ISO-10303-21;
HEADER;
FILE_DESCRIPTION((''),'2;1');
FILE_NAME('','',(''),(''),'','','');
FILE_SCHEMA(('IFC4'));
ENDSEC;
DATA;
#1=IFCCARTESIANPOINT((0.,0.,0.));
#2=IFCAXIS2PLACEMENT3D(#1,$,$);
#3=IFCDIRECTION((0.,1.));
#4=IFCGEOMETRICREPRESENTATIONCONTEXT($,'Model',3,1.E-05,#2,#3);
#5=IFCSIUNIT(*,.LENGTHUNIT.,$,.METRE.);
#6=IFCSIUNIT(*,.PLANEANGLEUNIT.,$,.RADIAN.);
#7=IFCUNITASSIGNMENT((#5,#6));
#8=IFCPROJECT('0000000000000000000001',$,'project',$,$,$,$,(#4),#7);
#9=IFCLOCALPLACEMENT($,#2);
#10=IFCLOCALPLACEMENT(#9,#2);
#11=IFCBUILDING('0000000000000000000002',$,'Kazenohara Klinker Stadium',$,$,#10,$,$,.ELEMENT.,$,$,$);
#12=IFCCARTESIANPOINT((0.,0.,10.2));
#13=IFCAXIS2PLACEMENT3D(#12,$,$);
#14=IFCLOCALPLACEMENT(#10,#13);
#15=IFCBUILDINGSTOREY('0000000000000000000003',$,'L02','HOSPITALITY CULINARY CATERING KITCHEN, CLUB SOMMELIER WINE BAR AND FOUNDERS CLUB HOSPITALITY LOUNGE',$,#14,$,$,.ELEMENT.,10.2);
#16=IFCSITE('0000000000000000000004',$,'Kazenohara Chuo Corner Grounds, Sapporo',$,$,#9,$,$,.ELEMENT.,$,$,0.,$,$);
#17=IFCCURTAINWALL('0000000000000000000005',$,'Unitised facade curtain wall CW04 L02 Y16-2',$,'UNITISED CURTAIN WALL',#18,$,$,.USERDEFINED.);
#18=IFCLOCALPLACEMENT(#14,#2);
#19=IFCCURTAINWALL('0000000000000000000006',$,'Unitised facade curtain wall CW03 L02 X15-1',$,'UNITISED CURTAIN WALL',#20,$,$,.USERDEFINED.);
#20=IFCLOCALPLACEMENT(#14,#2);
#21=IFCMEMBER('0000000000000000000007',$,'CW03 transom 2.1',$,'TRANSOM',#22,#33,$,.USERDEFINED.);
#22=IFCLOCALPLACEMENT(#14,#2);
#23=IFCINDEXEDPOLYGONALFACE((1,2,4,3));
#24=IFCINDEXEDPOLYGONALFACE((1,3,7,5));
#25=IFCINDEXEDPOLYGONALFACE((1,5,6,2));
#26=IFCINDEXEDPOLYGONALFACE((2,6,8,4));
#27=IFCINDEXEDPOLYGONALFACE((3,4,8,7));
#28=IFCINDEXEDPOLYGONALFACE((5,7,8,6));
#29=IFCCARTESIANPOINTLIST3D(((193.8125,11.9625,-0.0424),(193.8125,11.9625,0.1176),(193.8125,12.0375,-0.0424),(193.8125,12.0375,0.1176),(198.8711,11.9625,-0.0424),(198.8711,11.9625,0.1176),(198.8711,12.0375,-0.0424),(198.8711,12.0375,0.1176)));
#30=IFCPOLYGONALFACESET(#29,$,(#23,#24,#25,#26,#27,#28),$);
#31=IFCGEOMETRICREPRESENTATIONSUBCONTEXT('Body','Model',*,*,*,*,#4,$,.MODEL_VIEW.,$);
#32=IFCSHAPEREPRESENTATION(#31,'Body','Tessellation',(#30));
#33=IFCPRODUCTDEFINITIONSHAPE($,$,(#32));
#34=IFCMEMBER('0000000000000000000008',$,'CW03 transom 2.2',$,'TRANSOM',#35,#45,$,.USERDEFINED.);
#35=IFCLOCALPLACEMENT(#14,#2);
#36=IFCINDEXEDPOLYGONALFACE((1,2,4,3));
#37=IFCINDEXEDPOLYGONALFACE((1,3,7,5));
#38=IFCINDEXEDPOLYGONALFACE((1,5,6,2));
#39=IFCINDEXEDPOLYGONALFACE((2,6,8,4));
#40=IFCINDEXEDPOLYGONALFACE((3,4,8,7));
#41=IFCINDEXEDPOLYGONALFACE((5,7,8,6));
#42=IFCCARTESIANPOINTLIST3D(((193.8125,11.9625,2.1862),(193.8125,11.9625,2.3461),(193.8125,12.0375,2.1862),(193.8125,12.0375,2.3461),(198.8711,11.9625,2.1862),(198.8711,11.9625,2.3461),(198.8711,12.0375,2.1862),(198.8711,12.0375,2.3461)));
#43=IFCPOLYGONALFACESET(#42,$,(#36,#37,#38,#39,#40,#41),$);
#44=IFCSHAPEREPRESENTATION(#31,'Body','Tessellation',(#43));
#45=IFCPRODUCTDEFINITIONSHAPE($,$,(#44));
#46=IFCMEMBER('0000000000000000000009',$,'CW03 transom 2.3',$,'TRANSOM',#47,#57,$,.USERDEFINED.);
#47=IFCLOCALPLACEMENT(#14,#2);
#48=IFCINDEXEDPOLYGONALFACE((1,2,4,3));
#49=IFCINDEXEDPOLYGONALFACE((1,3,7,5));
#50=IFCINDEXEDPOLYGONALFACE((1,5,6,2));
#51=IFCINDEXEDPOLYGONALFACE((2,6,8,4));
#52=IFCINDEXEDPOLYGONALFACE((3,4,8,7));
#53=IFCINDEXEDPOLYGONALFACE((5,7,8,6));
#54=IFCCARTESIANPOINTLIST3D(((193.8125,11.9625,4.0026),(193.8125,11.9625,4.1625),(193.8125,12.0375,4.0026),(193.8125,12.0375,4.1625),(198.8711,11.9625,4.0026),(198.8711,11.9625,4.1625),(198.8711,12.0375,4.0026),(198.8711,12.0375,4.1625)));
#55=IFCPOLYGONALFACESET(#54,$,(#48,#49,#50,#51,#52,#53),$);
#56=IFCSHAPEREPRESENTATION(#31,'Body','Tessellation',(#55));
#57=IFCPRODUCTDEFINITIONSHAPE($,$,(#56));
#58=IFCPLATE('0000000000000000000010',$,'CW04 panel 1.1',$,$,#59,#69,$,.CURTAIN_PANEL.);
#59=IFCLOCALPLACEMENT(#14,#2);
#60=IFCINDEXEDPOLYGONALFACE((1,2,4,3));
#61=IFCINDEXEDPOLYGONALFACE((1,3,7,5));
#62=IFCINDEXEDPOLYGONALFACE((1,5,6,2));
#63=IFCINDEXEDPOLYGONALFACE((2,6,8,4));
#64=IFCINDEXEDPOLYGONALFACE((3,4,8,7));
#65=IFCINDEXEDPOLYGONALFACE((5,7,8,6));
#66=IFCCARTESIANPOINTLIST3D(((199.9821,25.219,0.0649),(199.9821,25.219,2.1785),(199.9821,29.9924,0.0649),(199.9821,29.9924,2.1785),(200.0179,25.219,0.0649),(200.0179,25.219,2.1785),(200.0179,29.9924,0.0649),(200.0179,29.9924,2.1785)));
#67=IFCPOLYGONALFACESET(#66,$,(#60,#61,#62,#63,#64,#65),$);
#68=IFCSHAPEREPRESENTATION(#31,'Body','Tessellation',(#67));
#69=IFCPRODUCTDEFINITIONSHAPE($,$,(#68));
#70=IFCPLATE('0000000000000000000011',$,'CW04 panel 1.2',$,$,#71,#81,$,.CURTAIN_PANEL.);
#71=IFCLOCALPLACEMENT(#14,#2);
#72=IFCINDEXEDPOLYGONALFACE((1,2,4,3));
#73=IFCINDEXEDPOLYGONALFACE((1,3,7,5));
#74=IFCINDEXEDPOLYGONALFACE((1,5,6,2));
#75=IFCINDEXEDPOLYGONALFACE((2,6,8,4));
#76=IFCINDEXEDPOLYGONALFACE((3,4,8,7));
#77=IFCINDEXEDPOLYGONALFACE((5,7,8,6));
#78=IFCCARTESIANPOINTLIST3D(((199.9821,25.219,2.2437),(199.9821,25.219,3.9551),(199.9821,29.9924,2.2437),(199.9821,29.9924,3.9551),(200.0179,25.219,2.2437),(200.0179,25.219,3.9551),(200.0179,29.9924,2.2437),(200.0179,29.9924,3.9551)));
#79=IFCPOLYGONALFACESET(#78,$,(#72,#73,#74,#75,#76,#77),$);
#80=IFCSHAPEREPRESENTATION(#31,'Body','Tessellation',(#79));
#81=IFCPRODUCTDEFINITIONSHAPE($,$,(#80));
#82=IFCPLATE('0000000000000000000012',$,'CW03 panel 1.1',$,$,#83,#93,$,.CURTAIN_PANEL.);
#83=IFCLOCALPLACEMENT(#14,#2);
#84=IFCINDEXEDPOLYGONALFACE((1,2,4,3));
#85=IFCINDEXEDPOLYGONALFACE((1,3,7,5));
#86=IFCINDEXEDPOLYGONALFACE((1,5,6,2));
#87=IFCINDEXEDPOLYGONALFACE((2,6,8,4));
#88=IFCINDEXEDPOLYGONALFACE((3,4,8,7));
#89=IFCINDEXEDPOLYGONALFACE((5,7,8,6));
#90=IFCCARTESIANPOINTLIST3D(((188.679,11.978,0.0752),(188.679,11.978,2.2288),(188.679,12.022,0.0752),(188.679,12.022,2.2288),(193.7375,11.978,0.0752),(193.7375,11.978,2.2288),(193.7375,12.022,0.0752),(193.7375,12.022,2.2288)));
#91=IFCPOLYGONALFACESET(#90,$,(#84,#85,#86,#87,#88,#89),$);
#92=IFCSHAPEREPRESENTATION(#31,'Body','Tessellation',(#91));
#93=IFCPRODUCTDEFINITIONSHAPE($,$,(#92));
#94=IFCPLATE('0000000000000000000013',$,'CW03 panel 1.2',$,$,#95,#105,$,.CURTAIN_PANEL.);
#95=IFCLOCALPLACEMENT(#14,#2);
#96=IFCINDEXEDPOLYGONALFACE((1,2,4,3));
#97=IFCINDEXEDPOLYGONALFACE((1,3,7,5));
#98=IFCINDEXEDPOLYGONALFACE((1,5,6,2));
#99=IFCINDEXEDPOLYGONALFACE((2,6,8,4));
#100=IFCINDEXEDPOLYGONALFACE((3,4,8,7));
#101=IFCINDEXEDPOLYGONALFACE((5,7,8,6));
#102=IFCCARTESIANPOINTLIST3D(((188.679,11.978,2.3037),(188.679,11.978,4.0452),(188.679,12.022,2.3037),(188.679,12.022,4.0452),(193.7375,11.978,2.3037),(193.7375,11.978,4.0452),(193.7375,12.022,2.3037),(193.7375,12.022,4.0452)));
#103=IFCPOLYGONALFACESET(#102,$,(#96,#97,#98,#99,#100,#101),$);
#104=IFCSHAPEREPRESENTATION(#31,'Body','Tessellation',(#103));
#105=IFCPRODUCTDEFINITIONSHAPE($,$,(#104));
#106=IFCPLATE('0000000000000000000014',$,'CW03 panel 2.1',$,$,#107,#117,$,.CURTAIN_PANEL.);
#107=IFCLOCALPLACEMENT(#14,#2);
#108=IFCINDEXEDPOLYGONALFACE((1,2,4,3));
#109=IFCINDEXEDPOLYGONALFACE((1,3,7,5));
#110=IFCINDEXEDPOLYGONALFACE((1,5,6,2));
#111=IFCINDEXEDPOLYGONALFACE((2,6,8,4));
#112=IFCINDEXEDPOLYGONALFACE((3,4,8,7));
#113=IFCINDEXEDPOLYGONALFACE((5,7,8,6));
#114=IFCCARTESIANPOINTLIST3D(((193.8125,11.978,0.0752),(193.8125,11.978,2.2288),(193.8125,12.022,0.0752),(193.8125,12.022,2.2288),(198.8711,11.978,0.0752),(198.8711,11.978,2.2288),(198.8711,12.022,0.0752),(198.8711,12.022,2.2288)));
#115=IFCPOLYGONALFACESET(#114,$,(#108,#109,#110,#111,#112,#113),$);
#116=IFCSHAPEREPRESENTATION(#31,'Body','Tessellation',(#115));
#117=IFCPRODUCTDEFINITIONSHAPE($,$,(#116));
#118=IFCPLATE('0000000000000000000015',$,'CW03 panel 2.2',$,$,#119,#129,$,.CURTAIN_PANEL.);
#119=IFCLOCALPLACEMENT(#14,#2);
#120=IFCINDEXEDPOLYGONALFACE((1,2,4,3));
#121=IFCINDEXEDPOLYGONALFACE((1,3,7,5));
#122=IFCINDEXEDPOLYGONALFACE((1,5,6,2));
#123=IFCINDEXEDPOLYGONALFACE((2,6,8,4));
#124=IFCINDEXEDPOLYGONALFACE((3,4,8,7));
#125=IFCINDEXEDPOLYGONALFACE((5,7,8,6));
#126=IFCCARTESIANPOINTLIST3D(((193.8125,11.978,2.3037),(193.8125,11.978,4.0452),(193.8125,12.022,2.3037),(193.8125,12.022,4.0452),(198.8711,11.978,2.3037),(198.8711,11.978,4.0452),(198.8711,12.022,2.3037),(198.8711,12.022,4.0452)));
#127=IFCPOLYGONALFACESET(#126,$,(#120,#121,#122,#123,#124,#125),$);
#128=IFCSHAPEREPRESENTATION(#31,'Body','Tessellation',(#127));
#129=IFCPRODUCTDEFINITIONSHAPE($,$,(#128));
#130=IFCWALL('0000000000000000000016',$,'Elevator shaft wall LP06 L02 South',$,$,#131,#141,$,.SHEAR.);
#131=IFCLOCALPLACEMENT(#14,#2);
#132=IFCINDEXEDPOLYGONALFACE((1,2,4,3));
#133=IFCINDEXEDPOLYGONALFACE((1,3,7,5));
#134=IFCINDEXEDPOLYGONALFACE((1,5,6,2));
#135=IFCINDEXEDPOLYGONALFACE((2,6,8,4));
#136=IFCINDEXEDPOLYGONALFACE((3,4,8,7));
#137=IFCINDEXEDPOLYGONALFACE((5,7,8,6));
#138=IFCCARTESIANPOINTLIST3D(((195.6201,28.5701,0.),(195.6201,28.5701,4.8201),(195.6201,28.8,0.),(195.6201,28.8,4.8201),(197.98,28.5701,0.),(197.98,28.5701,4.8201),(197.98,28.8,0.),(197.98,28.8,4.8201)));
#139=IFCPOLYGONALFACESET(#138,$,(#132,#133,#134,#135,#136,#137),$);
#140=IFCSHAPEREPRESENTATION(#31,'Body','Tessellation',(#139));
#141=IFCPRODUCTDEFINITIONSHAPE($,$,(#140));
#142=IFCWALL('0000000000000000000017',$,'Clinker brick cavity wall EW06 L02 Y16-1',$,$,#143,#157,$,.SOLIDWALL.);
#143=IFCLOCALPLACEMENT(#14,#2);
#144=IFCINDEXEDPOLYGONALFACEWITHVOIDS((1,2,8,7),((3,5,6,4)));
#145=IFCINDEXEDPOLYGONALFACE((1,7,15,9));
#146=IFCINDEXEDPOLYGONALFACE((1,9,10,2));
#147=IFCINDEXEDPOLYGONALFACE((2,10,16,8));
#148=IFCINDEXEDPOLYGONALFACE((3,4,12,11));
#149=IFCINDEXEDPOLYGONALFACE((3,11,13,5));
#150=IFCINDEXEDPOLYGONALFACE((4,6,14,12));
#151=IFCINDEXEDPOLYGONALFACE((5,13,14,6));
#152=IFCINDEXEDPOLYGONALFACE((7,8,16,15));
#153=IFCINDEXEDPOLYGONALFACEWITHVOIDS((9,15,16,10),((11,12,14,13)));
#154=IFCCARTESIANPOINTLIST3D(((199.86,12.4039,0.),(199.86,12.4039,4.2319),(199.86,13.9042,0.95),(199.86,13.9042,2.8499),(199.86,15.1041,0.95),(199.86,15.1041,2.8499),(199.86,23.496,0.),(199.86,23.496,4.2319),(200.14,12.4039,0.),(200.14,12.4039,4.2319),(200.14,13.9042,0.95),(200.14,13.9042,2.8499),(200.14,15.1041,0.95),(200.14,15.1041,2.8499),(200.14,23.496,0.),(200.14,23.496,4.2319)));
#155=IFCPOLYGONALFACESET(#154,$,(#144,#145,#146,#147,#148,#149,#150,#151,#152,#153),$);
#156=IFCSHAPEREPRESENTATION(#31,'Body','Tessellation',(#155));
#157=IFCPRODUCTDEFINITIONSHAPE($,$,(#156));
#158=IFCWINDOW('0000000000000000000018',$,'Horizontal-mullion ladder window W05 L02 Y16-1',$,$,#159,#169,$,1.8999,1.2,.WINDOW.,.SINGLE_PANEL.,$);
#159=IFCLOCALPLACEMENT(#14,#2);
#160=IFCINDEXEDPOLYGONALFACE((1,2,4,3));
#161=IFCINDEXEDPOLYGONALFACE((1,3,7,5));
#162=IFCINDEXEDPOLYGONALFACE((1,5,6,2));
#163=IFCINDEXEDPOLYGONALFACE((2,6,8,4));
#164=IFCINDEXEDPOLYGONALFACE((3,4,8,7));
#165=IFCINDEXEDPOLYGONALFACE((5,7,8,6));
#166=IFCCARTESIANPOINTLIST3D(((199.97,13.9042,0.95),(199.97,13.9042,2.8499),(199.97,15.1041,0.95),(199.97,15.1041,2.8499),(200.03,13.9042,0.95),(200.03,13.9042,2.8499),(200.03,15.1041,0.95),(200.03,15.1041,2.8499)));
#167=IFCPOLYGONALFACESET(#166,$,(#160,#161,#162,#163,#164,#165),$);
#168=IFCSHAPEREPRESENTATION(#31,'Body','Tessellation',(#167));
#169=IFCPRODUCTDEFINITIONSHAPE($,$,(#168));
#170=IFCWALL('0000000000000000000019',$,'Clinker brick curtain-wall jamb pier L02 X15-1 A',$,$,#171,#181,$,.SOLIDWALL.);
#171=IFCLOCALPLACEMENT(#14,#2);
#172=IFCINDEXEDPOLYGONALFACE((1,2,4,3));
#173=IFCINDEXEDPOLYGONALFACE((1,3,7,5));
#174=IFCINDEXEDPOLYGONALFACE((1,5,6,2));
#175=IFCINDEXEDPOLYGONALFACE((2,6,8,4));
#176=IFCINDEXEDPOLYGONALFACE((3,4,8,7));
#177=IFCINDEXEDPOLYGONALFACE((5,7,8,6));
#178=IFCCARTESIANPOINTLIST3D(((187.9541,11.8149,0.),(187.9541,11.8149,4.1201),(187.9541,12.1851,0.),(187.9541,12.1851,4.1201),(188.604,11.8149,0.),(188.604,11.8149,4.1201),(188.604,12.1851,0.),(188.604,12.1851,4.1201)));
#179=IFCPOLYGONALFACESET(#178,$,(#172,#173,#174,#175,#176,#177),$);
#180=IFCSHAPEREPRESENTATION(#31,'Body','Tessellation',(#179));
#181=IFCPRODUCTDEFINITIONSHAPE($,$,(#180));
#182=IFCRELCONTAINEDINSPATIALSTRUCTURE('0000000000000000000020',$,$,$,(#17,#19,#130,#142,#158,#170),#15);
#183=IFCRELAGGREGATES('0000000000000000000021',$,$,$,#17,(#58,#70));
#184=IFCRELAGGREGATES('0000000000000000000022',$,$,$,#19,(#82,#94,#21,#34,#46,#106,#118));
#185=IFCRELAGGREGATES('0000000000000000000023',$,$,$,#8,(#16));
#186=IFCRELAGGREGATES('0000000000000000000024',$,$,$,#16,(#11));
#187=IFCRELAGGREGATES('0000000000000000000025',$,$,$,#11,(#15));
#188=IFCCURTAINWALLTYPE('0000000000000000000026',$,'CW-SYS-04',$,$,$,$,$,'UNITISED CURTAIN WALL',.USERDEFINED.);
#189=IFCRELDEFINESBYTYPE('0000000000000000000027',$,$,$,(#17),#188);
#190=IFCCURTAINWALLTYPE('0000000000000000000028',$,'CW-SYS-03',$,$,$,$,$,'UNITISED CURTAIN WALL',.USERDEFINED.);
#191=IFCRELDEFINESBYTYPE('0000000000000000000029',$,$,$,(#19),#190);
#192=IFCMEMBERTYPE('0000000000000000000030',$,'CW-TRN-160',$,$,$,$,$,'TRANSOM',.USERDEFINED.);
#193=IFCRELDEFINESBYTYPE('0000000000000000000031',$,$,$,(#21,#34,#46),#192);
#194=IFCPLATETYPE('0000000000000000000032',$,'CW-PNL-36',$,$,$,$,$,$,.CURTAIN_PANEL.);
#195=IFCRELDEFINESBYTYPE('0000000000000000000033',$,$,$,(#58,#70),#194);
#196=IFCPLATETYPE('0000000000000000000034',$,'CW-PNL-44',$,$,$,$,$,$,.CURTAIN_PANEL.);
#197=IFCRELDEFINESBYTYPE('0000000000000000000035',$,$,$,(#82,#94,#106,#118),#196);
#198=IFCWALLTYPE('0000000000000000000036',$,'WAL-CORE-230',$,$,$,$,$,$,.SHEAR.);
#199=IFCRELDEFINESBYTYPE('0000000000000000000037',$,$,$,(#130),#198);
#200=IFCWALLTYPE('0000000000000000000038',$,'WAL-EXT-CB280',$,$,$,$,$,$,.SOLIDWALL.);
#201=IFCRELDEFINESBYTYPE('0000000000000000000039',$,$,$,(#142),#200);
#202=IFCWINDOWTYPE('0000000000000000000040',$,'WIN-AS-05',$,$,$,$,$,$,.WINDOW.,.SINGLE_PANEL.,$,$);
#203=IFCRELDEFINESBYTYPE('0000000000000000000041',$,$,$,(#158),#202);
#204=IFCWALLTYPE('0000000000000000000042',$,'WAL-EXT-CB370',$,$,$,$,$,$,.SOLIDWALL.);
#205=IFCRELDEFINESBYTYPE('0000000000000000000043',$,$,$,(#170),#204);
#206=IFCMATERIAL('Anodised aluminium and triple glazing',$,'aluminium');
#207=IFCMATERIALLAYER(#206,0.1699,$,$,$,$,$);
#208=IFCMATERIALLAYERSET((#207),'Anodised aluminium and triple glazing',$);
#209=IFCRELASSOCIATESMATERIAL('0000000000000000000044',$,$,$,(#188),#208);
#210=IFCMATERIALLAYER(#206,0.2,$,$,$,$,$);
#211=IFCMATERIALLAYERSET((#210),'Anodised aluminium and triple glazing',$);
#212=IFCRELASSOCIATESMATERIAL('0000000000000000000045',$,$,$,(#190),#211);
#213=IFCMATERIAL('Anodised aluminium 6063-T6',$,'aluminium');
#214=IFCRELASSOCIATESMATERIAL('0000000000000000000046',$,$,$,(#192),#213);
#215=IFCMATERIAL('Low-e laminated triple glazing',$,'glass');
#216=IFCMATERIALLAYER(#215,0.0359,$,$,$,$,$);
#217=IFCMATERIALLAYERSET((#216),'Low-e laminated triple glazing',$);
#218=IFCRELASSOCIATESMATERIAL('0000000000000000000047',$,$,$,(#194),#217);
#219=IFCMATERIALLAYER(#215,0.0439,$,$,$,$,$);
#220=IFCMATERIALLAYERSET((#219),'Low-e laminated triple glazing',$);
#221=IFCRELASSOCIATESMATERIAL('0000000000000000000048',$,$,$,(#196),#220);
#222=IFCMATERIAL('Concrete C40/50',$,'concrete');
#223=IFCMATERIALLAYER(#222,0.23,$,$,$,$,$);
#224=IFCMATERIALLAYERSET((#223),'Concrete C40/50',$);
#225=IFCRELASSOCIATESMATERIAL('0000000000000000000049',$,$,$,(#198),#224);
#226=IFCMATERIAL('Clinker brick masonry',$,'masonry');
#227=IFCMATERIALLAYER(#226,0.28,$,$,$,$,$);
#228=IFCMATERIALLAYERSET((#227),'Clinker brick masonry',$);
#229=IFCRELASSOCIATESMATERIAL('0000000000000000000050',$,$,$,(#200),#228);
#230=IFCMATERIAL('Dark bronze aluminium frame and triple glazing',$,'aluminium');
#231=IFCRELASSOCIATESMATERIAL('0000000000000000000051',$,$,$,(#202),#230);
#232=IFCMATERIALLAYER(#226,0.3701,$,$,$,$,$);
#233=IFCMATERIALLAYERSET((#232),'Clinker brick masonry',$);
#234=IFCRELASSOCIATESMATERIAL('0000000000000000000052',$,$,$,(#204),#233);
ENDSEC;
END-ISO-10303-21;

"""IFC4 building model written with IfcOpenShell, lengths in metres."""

from ifc_helpers import new_model, si_unit, direction, frame, frame_2d, origin, origin_2d, place, context, subcontext, project, spatial, rectangle, extrude, material, layer, layer_set, material_profile, profile_set, type_object, element, fill, aggregate, save


model = new_model("IFC4")

# Units and contexts
model_context = context("Model", 3, precision=1e-05, world=origin(), true_north=direction((0.0, 1.0)))
body_context = subcontext(model_context, "Body", "Model", "MODEL_VIEW")
ifc_project = project(units=[si_unit("LENGTHUNIT", "METRE"), si_unit("PLANEANGLEUNIT", "RADIAN")], contexts=[model_context])

# Site, building, storey
site_placement = place(None, origin())
site = spatial("IfcSite", under=ifc_project, at=site_placement, Name="Kazenohara Chuo Corner Grounds, Sapporo", CompositionType="ELEMENT", RefElevation=0.0)
building_placement = place(site_placement, origin())
building = spatial("IfcBuilding", under=site, at=building_placement, Name="Kazenohara Klinker Stadium", CompositionType="ELEMENT")
storey_placement = place(building_placement, frame((0.0, 0.0, 10.2)))
storey = spatial("IfcBuildingStorey", under=building, at=storey_placement, Name="L02", Description="HOSPITALITY CULINARY CATERING KITCHEN, CLUB SOMMELIER WINE BAR AND FOUNDERS CLUB HOSPITALITY LOUNGE", CompositionType="ELEMENT", Elevation=10.2)

# Shared definitions
ifc_material_1 = material(Name="Concrete C40/50", Category="concrete")

# Curtain wall
ifc_material_2 = material(Name="Anodised aluminium and triple glazing", Category="aluminium")
ifc_layer_1 = layer(ifc_material_2, 0.1699)
ifc_layer_set_1 = layer_set([ifc_layer_1], Name="Anodised aluminium and triple glazing")
curtain_wall_type_1 = type_object("IfcCurtainWallType", Name="CW-SYS-04", ElementType="UNITISED CURTAIN WALL", PredefinedType="USERDEFINED", material=ifc_layer_set_1)
curtain_wall_1_placement = place(storey_placement, origin())
curtain_wall_1 = element("IfcCurtainWall", 1, at=curtain_wall_1_placement, inside=storey, type_object=curtain_wall_type_1, Name="Unitised facade curtain wall CW04 L02 Y16-2", ObjectType="UNITISED CURTAIN WALL", PredefinedType="USERDEFINED")
ifc_material_3 = material(Name="Anodised aluminium 6063-T6", Category="aluminium")

# Curtain wall
ifc_layer_2 = layer(ifc_material_2, 0.2)
ifc_layer_set_2 = layer_set([ifc_layer_2], Name="Anodised aluminium and triple glazing")
curtain_wall_type_2 = type_object("IfcCurtainWallType", Name="CW-SYS-03", ElementType="UNITISED CURTAIN WALL", PredefinedType="USERDEFINED", material=ifc_layer_set_2)
curtain_wall_2_placement = place(storey_placement, origin())
curtain_wall_2 = element("IfcCurtainWall", 2, at=curtain_wall_2_placement, inside=storey, type_object=curtain_wall_type_2, Name="Unitised facade curtain wall CW03 L02 X15-1", ObjectType="UNITISED CURTAIN WALL", PredefinedType="USERDEFINED")

# Members
ifc_material_profile_1 = material_profile(ifc_material_3, rectangle(XDim=0.075, YDim=0.1599, at=origin_2d()), Name="ALU-TRN-75x160")
ifc_profile_set_1 = profile_set([ifc_material_profile_1], Name="Anodised aluminium 6063-T6")
member_type_1 = type_object("IfcMemberType", Name="CW-TRN-160", ElementType="TRANSOM", PredefinedType="USERDEFINED", material=ifc_profile_set_1)
member_1_placement = place(storey_placement, frame((193.8125, 12.0, 0.0376), z_axis=(1.0, 0.0, 0.0), x_axis=(0.0, 1.0, 0.0)))
member_1 = element("IfcMember", 3, at=member_1_placement, type_object=member_type_1, Name="CW03 transom 2.1", ObjectType="TRANSOM", PredefinedType="USERDEFINED", context=body_context, shape_type="SweptSolid", body=[
    extrude(rectangle(XDim=0.075, YDim=0.1599, at=origin_2d()), origin(), (0.0, 0.0, 1.0), 5.0586),
])
member_2_placement = place(storey_placement, frame((193.8125, 12.0, 2.2661), z_axis=(1.0, 0.0, 0.0), x_axis=(0.0, 1.0, 0.0)))
member_2 = element("IfcMember", 4, at=member_2_placement, type_object=member_type_1, Name="CW03 transom 2.2", ObjectType="TRANSOM", PredefinedType="USERDEFINED", context=body_context, shape_type="SweptSolid", body=[
    extrude(rectangle(XDim=0.075, YDim=0.1599, at=origin_2d()), origin(), (0.0, 0.0, 1.0), 5.0586),
])
member_3_placement = place(storey_placement, frame((193.8125, 12.0, 4.0825), z_axis=(1.0, 0.0, 0.0), x_axis=(0.0, 1.0, 0.0)))
member_3 = element("IfcMember", 5, at=member_3_placement, type_object=member_type_1, Name="CW03 transom 2.3", ObjectType="TRANSOM", PredefinedType="USERDEFINED", context=body_context, shape_type="SweptSolid", body=[
    extrude(rectangle(XDim=0.075, YDim=0.1599, at=origin_2d()), origin(), (0.0, 0.0, 1.0), 5.0586),
])

# Plates
ifc_material_4 = material(Name="Low-e laminated triple glazing", Category="glass")
ifc_layer_3 = layer(ifc_material_4, 0.0359)
ifc_layer_set_3 = layer_set([ifc_layer_3], Name="Low-e laminated triple glazing")
plate_type_1 = type_object("IfcPlateType", Name="CW-PNL-36", PredefinedType="CURTAIN_PANEL", material=ifc_layer_set_3)
plate_1_placement = place(storey_placement, frame((200.0, 27.6057, 0.0649), z_axis=(0.0, 0.0, 1.0), x_axis=(0.0, 1.0, 0.0)))
plate_1 = element("IfcPlate", 6, at=plate_1_placement, type_object=plate_type_1, Name="CW04 panel 1.1", PredefinedType="CURTAIN_PANEL", context=body_context, shape_type="SweptSolid", body=[
    extrude(rectangle(XDim=4.7734, YDim=0.0359, at=origin_2d()), origin(), (0.0, 0.0, 1.0), 2.1135),
])
plate_2_placement = place(storey_placement, frame((200.0, 27.6057, 2.2437), z_axis=(0.0, 0.0, 1.0), x_axis=(0.0, 1.0, 0.0)))
plate_2 = element("IfcPlate", 7, at=plate_2_placement, type_object=plate_type_1, Name="CW04 panel 1.2", PredefinedType="CURTAIN_PANEL", context=body_context, shape_type="SweptSolid", body=[
    extrude(rectangle(XDim=4.7734, YDim=0.0359, at=origin_2d()), origin(), (0.0, 0.0, 1.0), 1.7114),
])
aggregate(curtain_wall_1, [plate_1, plate_2])
ifc_layer_4 = layer(ifc_material_4, 0.0439)
ifc_layer_set_4 = layer_set([ifc_layer_4], Name="Low-e laminated triple glazing")
plate_type_2 = type_object("IfcPlateType", Name="CW-PNL-44", PredefinedType="CURTAIN_PANEL", material=ifc_layer_set_4)
plate_3_placement = place(storey_placement, frame((191.2083, 12.0, 0.0752), z_axis=(0.0, 0.0, 1.0), x_axis=(1.0, 0.0, 0.0)))
plate_3 = element("IfcPlate", 8, at=plate_3_placement, type_object=plate_type_2, Name="CW03 panel 1.1", PredefinedType="CURTAIN_PANEL", context=body_context, shape_type="SweptSolid", body=[
    extrude(rectangle(XDim=5.0586, YDim=0.0439, at=origin_2d()), origin(), (0.0, 0.0, 1.0), 2.1536),
])
plate_4_placement = place(storey_placement, frame((191.2083, 12.0, 2.3037), z_axis=(0.0, 0.0, 1.0), x_axis=(1.0, 0.0, 0.0)))
plate_4 = element("IfcPlate", 9, at=plate_4_placement, type_object=plate_type_2, Name="CW03 panel 1.2", PredefinedType="CURTAIN_PANEL", context=body_context, shape_type="SweptSolid", body=[
    extrude(rectangle(XDim=5.0586, YDim=0.0439, at=origin_2d()), origin(), (0.0, 0.0, 1.0), 1.7415),
])
plate_5_placement = place(storey_placement, frame((196.3418, 12.0, 0.0752), z_axis=(0.0, 0.0, 1.0), x_axis=(1.0, 0.0, 0.0)))
plate_5 = element("IfcPlate", 10, at=plate_5_placement, type_object=plate_type_2, Name="CW03 panel 2.1", PredefinedType="CURTAIN_PANEL", context=body_context, shape_type="SweptSolid", body=[
    extrude(rectangle(XDim=5.0586, YDim=0.0439, at=origin_2d()), origin(), (0.0, 0.0, 1.0), 2.1536),
])
plate_6_placement = place(storey_placement, frame((196.3418, 12.0, 2.3037), z_axis=(0.0, 0.0, 1.0), x_axis=(1.0, 0.0, 0.0)))
plate_6 = element("IfcPlate", 11, at=plate_6_placement, type_object=plate_type_2, Name="CW03 panel 2.2", PredefinedType="CURTAIN_PANEL", context=body_context, shape_type="SweptSolid", body=[
    extrude(rectangle(XDim=5.0586, YDim=0.0439, at=origin_2d()), origin(), (0.0, 0.0, 1.0), 1.7415),
])
aggregate(curtain_wall_2, [plate_3, plate_4, member_1, member_2, member_3, plate_5, plate_6])

# Wall
ifc_layer_5 = layer(ifc_material_1, 0.23)
ifc_layer_set_5 = layer_set([ifc_layer_5], Name="Concrete C40/50")
wall_type_1 = type_object("IfcWallType", Name="WAL-CORE-230", PredefinedType="SHEAR", material=ifc_layer_set_5)
wall_1_placement = place(storey_placement, frame((195.6201, 28.6851, 0.0), z_axis=(0.0, 0.0, 1.0), x_axis=(1.0, 0.0, 0.0)))
element("IfcWall", 12, at=wall_1_placement, inside=storey, type_object=wall_type_1, Name="Elevator shaft wall LP06 L02 South", PredefinedType="SHEAR", context=body_context, shape_type="SweptSolid", body=[
    extrude(rectangle(XDim=2.3599, YDim=0.23, at=frame_2d((1.1799, 0.0))), origin(), (0.0, 0.0, 1.0), 4.8201),
])

# Wall, opening, window
ifc_material_5 = material(Name="Clinker brick masonry", Category="masonry")
ifc_layer_6 = layer(ifc_material_5, 0.28)
ifc_layer_set_6 = layer_set([ifc_layer_6], Name="Clinker brick masonry")
wall_type_2 = type_object("IfcWallType", Name="WAL-EXT-CB280", PredefinedType="SOLIDWALL", material=ifc_layer_set_6)
wall_2_placement = place(storey_placement, frame((200.0, 12.4041, 0.0), z_axis=(0.0, 0.0, 1.0), x_axis=(0.0, 1.0, 0.0)))
wall_2 = element("IfcWall", 13, at=wall_2_placement, inside=storey, type_object=wall_type_2, Name="Clinker brick cavity wall EW06 L02 Y16-1", PredefinedType="SOLIDWALL", context=body_context, shape_type="SweptSolid", body=[
    extrude(rectangle(XDim=11.092, YDim=0.28, at=frame_2d((5.5459, 0.0))), origin(), (0.0, 0.0, 1.0), 4.2319),
])
opening_1_placement = place(wall_2_placement, frame((1.5, 0.0, 0.95)))
opening_1 = element("IfcOpeningElement", 14, at=opening_1_placement, cuts=wall_2, PredefinedType="OPENING", context=body_context, shape_type="SweptSolid", body=[
    extrude(rectangle(XDim=1.2, YDim=1.8999, at=frame_2d((0.6001, 0.95))), frame((0.0, 0.1499, 0.0), z_axis=(0.0, -1.0, 0.0), x_axis=(1.0, 0.0, 0.0)), (0.0, 0.0, 1.0), 0.3),
])
ifc_material_6 = material(Name="Dark bronze aluminium frame and triple glazing", Category="aluminium")
window_type = type_object("IfcWindowType", Name="WIN-AS-05", PartitioningType="SINGLE_PANEL", PredefinedType="WINDOW", material=ifc_material_6)
window_placement = place(opening_1_placement, origin())
window = element("IfcWindow", 15, at=window_placement, inside=storey, type_object=window_type, Name="Horizontal-mullion ladder window W05 L02 Y16-1", OverallHeight=1.8999, OverallWidth=1.2, PartitioningType="SINGLE_PANEL", PredefinedType="WINDOW", context=body_context, shape_type="SweptSolid", body=[
    extrude(rectangle(XDim=1.2, YDim=1.8999, at=frame_2d((0.6001, 0.95))), frame((0.0, 0.03, 0.0), z_axis=(0.0, -1.0, 0.0), x_axis=(1.0, 0.0, 0.0)), (0.0, 0.0, 1.0), 0.0601),
])
fill(opening_1, window)

# Wall
ifc_layer_7 = layer(ifc_material_5, 0.3701)
ifc_layer_set_7 = layer_set([ifc_layer_7], Name="Clinker brick masonry")
wall_type_3 = type_object("IfcWallType", Name="WAL-EXT-CB370", PredefinedType="SOLIDWALL", material=ifc_layer_set_7)
for number, where, z_axis, x_axis, name in (
    (16, (187.9541, 12.0, 0.0), (0.0, 0.0, 1.0), (1.0, 0.0, 0.0), "Clinker brick curtain-wall jamb pier L02 X15-1 A"),
):
    element("IfcWall", number, at=place(storey_placement, frame(where, z_axis=z_axis, x_axis=x_axis)), inside=storey, type_object=wall_type_3, Name=name, PredefinedType="SOLIDWALL", context=body_context, shape_type="SweptSolid", body=[
        extrude(rectangle(XDim=0.6499, YDim=0.3701, at=frame_2d((0.325, 0.0))), origin(), (0.0, 0.0, 1.0), 4.1201),
    ])

save(model, "model.ifc")
